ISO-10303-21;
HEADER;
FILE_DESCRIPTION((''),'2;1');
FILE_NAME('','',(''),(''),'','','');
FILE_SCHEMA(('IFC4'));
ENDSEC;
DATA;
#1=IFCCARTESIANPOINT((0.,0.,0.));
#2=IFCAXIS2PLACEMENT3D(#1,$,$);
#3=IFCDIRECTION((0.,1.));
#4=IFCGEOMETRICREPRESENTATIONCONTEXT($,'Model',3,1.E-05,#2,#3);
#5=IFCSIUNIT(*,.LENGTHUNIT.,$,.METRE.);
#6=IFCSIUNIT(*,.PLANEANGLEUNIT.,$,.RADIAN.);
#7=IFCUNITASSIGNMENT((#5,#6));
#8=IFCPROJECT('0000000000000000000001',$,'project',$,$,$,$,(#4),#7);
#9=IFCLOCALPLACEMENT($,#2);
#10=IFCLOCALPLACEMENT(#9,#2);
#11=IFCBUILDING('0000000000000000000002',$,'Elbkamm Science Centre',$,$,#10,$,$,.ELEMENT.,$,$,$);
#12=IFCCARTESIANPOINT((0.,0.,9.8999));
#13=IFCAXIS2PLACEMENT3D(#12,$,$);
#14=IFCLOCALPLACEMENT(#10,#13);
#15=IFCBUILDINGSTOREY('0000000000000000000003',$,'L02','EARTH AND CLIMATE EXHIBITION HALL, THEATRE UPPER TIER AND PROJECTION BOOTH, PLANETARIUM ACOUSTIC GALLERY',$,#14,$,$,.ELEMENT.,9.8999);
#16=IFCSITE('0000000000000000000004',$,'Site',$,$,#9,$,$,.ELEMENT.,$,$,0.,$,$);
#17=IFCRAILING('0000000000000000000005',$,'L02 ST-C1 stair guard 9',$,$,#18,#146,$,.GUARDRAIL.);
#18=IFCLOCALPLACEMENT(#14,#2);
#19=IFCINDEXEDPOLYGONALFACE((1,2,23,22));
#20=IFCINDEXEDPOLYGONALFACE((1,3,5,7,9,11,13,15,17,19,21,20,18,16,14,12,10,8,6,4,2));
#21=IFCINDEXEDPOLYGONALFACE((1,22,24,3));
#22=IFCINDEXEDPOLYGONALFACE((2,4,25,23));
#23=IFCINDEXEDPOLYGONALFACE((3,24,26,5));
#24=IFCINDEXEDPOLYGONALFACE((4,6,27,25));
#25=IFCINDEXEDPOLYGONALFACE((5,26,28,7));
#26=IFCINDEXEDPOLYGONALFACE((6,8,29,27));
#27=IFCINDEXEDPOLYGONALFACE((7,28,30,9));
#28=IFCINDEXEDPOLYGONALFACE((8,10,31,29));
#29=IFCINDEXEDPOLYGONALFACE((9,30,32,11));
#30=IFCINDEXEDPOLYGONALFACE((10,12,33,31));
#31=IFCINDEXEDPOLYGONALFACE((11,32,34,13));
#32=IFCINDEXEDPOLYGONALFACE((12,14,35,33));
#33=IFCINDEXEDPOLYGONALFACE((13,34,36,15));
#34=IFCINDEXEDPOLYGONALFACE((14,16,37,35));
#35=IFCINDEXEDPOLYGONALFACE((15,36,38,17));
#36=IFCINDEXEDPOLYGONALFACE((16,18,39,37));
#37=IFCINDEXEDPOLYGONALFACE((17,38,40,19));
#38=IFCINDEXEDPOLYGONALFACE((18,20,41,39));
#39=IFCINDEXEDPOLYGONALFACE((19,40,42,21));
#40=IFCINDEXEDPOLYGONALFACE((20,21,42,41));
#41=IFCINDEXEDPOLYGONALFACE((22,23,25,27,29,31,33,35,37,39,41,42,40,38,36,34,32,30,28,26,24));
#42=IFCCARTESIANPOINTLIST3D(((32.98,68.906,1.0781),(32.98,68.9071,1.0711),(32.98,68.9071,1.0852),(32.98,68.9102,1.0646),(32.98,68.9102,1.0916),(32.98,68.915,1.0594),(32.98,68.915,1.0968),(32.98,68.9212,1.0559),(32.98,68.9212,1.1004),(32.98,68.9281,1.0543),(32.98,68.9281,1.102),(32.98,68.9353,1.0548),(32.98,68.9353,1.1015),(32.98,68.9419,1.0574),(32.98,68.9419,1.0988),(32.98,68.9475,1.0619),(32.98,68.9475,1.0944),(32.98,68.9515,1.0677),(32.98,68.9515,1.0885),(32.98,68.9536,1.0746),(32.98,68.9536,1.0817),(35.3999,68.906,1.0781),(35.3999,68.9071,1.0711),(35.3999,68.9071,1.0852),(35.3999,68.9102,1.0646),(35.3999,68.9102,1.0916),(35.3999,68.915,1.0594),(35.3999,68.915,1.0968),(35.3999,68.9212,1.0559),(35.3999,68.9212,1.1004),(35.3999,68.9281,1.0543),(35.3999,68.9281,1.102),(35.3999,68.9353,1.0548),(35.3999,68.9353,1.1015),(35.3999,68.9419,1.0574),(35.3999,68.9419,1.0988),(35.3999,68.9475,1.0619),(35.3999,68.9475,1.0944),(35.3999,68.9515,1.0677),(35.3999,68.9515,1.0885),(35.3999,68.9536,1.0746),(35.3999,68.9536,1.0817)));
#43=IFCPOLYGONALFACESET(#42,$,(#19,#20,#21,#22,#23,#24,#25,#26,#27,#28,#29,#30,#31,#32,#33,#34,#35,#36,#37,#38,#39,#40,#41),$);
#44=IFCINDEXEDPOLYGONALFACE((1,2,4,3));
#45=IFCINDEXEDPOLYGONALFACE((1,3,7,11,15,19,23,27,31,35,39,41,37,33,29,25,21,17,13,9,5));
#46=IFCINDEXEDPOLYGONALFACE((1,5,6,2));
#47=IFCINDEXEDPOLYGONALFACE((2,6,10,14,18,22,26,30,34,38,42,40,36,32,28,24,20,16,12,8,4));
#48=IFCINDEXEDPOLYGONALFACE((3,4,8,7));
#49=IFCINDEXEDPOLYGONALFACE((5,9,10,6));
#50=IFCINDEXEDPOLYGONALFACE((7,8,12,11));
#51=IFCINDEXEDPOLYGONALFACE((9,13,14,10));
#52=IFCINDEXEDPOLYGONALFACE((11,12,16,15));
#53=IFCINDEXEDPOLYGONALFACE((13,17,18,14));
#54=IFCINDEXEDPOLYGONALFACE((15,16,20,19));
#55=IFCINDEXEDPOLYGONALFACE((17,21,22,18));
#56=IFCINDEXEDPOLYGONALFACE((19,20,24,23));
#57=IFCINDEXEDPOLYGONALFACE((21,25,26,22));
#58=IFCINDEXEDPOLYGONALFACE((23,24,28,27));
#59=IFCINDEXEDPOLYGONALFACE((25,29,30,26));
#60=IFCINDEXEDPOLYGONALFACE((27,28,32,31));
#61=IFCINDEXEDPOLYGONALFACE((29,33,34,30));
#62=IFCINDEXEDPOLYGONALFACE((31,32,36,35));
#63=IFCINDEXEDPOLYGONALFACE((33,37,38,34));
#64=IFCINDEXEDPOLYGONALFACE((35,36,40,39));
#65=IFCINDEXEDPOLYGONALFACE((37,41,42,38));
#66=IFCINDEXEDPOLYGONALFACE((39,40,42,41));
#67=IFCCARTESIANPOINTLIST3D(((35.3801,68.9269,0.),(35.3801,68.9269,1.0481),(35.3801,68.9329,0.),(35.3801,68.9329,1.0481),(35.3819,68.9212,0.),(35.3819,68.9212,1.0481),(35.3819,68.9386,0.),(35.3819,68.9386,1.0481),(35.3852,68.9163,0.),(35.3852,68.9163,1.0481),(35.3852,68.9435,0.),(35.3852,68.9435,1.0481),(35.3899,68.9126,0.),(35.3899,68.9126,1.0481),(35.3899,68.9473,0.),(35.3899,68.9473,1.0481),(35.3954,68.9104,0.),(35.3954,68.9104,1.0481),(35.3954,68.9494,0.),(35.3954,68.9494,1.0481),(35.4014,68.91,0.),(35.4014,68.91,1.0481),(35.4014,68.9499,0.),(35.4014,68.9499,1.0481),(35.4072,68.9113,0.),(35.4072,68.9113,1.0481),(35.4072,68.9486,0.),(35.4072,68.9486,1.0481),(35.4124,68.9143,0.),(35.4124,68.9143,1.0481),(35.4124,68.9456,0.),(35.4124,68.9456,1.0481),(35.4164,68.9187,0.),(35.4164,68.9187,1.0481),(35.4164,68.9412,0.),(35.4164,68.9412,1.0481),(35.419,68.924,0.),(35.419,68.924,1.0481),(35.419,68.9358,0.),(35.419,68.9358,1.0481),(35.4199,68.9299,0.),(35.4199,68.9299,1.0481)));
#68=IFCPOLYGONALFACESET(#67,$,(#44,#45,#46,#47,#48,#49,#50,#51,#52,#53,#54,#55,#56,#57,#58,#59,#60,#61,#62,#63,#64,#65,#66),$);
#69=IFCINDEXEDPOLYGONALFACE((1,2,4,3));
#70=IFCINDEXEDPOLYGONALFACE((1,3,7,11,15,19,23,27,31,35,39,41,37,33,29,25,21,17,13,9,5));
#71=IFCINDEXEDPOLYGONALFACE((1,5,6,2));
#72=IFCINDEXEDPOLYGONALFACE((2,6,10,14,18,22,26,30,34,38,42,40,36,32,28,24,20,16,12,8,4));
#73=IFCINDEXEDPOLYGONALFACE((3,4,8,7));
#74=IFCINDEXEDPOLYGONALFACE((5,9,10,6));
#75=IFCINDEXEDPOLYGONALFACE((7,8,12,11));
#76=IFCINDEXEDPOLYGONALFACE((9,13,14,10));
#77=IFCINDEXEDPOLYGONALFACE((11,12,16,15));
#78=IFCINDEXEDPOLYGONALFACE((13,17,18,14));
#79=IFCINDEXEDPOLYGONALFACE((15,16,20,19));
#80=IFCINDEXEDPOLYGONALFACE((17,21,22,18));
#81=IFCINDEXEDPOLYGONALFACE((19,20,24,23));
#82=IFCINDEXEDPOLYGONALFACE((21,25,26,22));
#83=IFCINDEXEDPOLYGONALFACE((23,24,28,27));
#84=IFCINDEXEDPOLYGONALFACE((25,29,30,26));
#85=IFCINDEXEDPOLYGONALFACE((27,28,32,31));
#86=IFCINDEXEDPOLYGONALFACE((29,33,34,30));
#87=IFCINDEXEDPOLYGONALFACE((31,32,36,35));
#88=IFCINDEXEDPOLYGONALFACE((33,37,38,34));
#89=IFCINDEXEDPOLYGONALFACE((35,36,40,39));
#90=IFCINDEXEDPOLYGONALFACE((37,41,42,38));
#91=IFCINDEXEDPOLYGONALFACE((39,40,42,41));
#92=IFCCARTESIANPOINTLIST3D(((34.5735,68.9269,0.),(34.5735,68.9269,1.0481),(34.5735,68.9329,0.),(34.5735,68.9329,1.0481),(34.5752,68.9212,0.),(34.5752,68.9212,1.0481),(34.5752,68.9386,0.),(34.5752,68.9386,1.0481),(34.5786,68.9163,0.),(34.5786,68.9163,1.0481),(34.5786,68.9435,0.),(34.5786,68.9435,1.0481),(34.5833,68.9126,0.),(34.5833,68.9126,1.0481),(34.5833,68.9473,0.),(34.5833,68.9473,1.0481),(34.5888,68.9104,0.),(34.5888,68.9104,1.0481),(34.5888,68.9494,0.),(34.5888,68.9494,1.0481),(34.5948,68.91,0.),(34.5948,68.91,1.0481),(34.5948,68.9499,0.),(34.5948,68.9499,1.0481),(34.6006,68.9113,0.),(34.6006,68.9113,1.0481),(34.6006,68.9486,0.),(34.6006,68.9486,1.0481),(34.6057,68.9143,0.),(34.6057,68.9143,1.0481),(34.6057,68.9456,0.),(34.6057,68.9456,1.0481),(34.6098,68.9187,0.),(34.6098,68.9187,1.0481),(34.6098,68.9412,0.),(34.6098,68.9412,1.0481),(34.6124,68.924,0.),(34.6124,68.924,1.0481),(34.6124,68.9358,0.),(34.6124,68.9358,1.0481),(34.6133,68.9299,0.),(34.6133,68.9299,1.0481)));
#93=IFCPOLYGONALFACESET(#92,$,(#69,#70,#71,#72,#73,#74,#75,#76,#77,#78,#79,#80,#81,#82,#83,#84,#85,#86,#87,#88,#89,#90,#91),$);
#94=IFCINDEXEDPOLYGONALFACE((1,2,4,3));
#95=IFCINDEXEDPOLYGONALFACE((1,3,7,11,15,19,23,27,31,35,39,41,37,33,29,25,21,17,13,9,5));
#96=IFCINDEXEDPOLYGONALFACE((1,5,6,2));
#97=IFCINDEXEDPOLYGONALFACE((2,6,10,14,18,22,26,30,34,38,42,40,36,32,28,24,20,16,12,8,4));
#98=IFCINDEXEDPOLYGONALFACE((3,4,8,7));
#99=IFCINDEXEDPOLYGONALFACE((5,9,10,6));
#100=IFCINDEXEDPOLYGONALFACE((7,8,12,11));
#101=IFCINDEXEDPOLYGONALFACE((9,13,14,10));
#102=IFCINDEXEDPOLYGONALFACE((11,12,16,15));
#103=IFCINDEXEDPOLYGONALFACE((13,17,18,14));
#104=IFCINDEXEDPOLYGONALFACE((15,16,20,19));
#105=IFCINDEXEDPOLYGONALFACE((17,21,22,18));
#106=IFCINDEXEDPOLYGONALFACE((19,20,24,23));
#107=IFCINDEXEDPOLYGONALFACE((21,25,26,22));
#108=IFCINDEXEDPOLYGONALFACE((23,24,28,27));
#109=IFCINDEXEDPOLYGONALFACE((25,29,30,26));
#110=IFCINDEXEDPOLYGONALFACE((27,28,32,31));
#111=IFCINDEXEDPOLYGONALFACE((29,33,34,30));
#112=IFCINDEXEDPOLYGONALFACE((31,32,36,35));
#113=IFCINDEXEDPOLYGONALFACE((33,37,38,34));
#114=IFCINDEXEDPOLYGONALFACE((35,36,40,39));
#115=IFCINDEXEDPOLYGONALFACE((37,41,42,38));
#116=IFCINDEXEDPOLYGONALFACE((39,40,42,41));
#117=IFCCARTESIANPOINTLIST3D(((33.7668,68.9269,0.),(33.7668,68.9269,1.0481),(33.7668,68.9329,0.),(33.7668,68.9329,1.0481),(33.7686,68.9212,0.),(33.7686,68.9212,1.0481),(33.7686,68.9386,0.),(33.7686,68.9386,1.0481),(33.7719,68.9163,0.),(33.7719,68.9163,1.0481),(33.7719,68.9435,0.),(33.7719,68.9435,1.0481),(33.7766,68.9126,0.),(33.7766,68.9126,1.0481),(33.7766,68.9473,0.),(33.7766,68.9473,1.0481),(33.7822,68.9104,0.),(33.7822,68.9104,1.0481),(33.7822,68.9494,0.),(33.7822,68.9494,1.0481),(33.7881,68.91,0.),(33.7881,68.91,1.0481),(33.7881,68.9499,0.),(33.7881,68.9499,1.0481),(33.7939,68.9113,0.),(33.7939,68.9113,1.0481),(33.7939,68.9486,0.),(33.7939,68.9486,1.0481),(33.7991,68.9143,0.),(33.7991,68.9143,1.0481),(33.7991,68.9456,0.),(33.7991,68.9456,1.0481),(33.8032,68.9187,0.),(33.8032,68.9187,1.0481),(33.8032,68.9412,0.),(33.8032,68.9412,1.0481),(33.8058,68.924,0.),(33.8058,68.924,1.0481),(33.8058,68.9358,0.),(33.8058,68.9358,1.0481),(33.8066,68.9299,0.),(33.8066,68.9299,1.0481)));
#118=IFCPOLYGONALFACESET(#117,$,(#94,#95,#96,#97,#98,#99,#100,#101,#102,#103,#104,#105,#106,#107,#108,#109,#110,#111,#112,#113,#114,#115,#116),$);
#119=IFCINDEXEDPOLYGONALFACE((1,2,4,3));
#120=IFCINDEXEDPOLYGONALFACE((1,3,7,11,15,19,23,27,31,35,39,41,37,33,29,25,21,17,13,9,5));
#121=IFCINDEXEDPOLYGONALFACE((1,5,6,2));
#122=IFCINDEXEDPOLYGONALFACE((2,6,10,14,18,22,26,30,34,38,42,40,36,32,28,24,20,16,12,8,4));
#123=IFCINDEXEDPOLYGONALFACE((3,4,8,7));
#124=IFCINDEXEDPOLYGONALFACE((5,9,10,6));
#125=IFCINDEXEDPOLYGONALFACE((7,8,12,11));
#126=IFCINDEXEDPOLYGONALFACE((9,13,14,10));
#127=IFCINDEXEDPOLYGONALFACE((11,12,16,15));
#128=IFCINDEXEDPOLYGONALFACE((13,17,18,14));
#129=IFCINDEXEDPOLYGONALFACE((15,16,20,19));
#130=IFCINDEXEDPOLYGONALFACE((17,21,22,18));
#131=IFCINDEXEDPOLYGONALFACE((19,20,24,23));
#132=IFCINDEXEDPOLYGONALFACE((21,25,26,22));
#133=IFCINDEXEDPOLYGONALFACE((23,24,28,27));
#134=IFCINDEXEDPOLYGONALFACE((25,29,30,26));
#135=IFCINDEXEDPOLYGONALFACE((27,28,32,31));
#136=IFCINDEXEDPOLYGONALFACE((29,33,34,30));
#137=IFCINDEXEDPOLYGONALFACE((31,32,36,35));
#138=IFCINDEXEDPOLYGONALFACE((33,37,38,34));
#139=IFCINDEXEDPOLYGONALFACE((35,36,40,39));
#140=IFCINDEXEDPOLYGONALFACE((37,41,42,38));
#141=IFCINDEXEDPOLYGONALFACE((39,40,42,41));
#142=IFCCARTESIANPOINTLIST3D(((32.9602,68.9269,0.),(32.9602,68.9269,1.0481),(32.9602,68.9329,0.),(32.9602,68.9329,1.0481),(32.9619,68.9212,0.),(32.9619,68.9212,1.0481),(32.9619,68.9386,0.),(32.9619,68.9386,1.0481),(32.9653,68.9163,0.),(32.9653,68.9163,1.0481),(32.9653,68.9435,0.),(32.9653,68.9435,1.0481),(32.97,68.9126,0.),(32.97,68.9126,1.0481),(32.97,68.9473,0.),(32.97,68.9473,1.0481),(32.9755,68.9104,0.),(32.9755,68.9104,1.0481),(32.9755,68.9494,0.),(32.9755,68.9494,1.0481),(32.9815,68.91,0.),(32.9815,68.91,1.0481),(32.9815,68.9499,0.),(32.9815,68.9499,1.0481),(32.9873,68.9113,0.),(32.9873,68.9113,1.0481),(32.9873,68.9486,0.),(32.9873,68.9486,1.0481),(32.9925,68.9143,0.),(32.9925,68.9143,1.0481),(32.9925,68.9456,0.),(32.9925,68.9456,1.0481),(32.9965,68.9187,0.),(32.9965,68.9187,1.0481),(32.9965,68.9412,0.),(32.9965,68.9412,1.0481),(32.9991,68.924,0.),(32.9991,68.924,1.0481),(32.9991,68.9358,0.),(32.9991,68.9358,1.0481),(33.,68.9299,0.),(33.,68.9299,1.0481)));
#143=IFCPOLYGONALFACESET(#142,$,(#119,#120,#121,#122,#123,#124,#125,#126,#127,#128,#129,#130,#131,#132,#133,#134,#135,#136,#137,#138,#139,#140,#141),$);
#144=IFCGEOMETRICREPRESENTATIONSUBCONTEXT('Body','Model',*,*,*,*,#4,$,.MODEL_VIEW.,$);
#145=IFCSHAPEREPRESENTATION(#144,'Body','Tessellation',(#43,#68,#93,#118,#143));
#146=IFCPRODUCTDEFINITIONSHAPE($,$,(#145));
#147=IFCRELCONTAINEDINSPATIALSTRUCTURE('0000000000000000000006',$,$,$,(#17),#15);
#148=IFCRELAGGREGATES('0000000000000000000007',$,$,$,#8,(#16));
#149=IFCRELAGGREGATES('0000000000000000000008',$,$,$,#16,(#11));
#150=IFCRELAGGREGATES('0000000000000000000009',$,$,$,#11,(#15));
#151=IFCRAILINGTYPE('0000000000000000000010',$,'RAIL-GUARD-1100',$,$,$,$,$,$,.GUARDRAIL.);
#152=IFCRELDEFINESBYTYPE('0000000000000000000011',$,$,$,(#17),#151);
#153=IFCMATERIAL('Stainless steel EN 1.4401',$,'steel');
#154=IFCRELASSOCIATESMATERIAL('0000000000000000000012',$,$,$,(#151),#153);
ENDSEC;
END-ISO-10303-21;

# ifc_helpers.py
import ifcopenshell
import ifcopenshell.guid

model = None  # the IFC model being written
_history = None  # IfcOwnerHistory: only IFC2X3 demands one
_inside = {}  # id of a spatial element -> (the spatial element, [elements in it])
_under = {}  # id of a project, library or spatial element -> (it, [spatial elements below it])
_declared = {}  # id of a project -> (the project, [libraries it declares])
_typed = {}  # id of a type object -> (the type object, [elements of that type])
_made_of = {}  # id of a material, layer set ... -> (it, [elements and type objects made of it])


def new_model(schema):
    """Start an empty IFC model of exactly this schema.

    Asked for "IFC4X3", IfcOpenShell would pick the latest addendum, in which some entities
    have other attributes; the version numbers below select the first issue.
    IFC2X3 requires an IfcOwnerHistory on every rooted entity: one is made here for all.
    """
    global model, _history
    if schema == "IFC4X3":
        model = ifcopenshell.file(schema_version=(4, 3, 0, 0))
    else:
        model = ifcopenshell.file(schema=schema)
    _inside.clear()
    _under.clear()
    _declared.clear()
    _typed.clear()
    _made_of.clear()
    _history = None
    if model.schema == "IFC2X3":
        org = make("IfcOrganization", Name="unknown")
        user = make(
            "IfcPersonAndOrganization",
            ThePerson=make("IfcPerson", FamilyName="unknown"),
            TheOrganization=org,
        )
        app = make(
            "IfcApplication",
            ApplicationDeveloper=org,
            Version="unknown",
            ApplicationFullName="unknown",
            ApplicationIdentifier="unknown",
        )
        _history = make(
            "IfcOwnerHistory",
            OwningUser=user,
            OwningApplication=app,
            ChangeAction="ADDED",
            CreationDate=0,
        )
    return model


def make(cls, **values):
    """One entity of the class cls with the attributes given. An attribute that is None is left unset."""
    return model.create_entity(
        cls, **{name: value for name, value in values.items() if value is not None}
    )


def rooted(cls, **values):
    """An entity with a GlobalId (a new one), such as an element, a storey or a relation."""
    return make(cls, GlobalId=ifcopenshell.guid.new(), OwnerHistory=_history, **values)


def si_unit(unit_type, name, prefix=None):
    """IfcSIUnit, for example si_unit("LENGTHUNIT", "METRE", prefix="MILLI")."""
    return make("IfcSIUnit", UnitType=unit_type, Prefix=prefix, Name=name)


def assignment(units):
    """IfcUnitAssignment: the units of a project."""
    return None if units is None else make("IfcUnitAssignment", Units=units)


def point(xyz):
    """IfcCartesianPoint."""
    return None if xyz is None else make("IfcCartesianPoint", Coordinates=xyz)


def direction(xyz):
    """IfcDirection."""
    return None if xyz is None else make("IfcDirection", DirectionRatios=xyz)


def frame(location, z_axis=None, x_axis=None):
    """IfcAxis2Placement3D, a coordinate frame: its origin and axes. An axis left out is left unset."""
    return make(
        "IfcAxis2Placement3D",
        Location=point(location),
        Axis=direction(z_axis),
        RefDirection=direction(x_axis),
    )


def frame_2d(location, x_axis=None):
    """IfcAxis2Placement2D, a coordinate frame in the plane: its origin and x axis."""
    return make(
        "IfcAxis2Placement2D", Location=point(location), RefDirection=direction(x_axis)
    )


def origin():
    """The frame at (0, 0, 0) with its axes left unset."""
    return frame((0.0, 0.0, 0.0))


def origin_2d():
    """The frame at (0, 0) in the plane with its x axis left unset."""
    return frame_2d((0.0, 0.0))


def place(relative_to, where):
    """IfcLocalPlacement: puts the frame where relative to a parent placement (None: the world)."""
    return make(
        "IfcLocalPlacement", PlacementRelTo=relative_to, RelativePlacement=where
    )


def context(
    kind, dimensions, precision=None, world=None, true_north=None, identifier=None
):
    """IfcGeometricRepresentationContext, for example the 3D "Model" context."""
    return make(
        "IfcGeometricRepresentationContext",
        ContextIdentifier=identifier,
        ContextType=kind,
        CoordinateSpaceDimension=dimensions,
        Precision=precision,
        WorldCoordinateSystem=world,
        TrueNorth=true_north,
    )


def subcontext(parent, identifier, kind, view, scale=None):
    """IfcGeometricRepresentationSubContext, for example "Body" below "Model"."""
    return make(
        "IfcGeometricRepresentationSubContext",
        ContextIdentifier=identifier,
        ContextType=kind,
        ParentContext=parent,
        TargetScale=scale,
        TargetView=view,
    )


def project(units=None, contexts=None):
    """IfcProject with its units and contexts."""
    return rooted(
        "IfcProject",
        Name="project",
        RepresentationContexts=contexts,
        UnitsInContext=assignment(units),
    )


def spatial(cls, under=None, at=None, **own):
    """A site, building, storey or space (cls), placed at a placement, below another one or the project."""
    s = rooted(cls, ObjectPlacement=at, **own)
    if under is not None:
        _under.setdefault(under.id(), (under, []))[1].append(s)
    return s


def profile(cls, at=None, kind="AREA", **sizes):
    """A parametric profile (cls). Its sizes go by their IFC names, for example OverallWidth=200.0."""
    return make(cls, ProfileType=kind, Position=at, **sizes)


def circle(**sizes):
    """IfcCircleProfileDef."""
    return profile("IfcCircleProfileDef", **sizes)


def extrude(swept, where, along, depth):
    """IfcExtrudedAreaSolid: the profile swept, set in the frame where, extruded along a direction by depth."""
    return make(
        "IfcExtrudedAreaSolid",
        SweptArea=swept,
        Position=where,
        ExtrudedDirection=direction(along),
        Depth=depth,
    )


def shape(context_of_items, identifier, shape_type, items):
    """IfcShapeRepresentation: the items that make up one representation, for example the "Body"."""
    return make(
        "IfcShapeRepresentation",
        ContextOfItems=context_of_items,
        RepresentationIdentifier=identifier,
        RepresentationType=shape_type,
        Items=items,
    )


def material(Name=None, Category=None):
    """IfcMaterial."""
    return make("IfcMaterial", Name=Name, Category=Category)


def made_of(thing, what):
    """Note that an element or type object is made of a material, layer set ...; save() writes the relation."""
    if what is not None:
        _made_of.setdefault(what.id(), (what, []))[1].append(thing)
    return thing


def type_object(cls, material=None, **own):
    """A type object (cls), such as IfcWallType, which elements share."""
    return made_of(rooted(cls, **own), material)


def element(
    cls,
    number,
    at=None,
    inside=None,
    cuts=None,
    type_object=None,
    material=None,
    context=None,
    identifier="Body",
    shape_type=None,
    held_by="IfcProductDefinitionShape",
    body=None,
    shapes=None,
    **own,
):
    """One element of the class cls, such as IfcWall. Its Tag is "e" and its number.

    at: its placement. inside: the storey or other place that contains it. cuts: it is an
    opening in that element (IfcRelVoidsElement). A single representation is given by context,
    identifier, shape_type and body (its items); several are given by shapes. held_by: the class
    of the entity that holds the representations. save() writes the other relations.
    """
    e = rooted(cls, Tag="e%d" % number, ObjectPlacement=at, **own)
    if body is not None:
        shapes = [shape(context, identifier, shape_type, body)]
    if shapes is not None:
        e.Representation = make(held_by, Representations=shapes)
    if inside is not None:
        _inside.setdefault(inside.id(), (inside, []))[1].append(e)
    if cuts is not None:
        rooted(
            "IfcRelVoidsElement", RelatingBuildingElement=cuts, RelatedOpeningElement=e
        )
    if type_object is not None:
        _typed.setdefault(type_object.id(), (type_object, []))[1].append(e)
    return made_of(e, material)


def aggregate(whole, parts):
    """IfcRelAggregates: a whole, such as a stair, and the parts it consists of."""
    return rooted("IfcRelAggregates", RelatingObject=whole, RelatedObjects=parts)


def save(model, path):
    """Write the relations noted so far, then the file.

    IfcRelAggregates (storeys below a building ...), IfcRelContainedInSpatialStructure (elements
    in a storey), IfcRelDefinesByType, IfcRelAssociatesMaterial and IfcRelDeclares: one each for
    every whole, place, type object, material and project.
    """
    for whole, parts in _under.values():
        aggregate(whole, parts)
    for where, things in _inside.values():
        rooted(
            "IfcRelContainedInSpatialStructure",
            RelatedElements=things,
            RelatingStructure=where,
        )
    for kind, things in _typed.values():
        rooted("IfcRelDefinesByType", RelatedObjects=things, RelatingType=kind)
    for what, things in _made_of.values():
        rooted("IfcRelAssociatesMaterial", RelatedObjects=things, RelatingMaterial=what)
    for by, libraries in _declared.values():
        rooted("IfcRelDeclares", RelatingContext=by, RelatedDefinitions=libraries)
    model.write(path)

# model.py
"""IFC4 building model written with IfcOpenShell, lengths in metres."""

from ifc_helpers import new_model, si_unit, direction, frame, origin, origin_2d, place, context, subcontext, project, spatial, circle, extrude, material, type_object, element, save


model = new_model("IFC4")

# Units and contexts
model_context = context("Model", 3, precision=1e-05, world=origin(), true_north=direction((0.0, 1.0)))
body_context = subcontext(model_context, "Body", "Model", "MODEL_VIEW")
ifc_project = project(units=[si_unit("LENGTHUNIT", "METRE"), si_unit("PLANEANGLEUNIT", "RADIAN")], contexts=[model_context])

# Site, building, storey
site_placement = place(None, origin())
site = spatial("IfcSite", under=ifc_project, at=site_placement, Name="Site", CompositionType="ELEMENT", RefElevation=0.0)
building_placement = place(site_placement, origin())
building = spatial("IfcBuilding", under=site, at=building_placement, Name="Elbkamm Science Centre", CompositionType="ELEMENT")
storey_placement = place(building_placement, frame((0.0, 0.0, 9.8999)))
storey = spatial("IfcBuildingStorey", under=building, at=storey_placement, Name="L02", Description="EARTH AND CLIMATE EXHIBITION HALL, THEATRE UPPER TIER AND PROJECTION BOOTH, PLANETARIUM ACOUSTIC GALLERY", CompositionType="ELEMENT", Elevation=9.8999)

# Railing
ifc_material_1 = material(Name="Stainless steel EN 1.4401", Category="steel")
railing_type_1 = type_object("IfcRailingType", Name="RAIL-GUARD-1100", PredefinedType="GUARDRAIL", material=ifc_material_1)
railing_1_placement = place(storey_placement, frame((35.3999, 68.9299, 0.0)))
element("IfcRailing", 1, at=railing_1_placement, inside=storey, type_object=railing_type_1, Name="L02 ST-C1 stair guard 9", PredefinedType="GUARDRAIL", context=body_context, shape_type="SweptSolid", body=[
    extrude(circle(Radius=0.0239, at=origin_2d()), frame((0.0, 0.0, 1.0781), z_axis=(-1.0, 0.0, 0.0), x_axis=(0.0, -1.0, 0.0)), (0.0, 0.0, 1.0), 2.4199),
    extrude(circle(Radius=0.02, at=origin_2d()), origin(), (0.0, 0.0, 1.0), 1.0481),
    extrude(circle(Radius=0.02, at=origin_2d()), frame((-0.8066, 0.0, 0.0)), (0.0, 0.0, 1.0), 1.0481),
    extrude(circle(Radius=0.02, at=origin_2d()), frame((-1.6133, 0.0, 0.0)), (0.0, 0.0, 1.0), 1.0481),
    extrude(circle(Radius=0.02, at=origin_2d()), frame((-2.4199, 0.0, 0.0)), (0.0, 0.0, 1.0), 1.0481),
])

save(model, "model.ifc")
